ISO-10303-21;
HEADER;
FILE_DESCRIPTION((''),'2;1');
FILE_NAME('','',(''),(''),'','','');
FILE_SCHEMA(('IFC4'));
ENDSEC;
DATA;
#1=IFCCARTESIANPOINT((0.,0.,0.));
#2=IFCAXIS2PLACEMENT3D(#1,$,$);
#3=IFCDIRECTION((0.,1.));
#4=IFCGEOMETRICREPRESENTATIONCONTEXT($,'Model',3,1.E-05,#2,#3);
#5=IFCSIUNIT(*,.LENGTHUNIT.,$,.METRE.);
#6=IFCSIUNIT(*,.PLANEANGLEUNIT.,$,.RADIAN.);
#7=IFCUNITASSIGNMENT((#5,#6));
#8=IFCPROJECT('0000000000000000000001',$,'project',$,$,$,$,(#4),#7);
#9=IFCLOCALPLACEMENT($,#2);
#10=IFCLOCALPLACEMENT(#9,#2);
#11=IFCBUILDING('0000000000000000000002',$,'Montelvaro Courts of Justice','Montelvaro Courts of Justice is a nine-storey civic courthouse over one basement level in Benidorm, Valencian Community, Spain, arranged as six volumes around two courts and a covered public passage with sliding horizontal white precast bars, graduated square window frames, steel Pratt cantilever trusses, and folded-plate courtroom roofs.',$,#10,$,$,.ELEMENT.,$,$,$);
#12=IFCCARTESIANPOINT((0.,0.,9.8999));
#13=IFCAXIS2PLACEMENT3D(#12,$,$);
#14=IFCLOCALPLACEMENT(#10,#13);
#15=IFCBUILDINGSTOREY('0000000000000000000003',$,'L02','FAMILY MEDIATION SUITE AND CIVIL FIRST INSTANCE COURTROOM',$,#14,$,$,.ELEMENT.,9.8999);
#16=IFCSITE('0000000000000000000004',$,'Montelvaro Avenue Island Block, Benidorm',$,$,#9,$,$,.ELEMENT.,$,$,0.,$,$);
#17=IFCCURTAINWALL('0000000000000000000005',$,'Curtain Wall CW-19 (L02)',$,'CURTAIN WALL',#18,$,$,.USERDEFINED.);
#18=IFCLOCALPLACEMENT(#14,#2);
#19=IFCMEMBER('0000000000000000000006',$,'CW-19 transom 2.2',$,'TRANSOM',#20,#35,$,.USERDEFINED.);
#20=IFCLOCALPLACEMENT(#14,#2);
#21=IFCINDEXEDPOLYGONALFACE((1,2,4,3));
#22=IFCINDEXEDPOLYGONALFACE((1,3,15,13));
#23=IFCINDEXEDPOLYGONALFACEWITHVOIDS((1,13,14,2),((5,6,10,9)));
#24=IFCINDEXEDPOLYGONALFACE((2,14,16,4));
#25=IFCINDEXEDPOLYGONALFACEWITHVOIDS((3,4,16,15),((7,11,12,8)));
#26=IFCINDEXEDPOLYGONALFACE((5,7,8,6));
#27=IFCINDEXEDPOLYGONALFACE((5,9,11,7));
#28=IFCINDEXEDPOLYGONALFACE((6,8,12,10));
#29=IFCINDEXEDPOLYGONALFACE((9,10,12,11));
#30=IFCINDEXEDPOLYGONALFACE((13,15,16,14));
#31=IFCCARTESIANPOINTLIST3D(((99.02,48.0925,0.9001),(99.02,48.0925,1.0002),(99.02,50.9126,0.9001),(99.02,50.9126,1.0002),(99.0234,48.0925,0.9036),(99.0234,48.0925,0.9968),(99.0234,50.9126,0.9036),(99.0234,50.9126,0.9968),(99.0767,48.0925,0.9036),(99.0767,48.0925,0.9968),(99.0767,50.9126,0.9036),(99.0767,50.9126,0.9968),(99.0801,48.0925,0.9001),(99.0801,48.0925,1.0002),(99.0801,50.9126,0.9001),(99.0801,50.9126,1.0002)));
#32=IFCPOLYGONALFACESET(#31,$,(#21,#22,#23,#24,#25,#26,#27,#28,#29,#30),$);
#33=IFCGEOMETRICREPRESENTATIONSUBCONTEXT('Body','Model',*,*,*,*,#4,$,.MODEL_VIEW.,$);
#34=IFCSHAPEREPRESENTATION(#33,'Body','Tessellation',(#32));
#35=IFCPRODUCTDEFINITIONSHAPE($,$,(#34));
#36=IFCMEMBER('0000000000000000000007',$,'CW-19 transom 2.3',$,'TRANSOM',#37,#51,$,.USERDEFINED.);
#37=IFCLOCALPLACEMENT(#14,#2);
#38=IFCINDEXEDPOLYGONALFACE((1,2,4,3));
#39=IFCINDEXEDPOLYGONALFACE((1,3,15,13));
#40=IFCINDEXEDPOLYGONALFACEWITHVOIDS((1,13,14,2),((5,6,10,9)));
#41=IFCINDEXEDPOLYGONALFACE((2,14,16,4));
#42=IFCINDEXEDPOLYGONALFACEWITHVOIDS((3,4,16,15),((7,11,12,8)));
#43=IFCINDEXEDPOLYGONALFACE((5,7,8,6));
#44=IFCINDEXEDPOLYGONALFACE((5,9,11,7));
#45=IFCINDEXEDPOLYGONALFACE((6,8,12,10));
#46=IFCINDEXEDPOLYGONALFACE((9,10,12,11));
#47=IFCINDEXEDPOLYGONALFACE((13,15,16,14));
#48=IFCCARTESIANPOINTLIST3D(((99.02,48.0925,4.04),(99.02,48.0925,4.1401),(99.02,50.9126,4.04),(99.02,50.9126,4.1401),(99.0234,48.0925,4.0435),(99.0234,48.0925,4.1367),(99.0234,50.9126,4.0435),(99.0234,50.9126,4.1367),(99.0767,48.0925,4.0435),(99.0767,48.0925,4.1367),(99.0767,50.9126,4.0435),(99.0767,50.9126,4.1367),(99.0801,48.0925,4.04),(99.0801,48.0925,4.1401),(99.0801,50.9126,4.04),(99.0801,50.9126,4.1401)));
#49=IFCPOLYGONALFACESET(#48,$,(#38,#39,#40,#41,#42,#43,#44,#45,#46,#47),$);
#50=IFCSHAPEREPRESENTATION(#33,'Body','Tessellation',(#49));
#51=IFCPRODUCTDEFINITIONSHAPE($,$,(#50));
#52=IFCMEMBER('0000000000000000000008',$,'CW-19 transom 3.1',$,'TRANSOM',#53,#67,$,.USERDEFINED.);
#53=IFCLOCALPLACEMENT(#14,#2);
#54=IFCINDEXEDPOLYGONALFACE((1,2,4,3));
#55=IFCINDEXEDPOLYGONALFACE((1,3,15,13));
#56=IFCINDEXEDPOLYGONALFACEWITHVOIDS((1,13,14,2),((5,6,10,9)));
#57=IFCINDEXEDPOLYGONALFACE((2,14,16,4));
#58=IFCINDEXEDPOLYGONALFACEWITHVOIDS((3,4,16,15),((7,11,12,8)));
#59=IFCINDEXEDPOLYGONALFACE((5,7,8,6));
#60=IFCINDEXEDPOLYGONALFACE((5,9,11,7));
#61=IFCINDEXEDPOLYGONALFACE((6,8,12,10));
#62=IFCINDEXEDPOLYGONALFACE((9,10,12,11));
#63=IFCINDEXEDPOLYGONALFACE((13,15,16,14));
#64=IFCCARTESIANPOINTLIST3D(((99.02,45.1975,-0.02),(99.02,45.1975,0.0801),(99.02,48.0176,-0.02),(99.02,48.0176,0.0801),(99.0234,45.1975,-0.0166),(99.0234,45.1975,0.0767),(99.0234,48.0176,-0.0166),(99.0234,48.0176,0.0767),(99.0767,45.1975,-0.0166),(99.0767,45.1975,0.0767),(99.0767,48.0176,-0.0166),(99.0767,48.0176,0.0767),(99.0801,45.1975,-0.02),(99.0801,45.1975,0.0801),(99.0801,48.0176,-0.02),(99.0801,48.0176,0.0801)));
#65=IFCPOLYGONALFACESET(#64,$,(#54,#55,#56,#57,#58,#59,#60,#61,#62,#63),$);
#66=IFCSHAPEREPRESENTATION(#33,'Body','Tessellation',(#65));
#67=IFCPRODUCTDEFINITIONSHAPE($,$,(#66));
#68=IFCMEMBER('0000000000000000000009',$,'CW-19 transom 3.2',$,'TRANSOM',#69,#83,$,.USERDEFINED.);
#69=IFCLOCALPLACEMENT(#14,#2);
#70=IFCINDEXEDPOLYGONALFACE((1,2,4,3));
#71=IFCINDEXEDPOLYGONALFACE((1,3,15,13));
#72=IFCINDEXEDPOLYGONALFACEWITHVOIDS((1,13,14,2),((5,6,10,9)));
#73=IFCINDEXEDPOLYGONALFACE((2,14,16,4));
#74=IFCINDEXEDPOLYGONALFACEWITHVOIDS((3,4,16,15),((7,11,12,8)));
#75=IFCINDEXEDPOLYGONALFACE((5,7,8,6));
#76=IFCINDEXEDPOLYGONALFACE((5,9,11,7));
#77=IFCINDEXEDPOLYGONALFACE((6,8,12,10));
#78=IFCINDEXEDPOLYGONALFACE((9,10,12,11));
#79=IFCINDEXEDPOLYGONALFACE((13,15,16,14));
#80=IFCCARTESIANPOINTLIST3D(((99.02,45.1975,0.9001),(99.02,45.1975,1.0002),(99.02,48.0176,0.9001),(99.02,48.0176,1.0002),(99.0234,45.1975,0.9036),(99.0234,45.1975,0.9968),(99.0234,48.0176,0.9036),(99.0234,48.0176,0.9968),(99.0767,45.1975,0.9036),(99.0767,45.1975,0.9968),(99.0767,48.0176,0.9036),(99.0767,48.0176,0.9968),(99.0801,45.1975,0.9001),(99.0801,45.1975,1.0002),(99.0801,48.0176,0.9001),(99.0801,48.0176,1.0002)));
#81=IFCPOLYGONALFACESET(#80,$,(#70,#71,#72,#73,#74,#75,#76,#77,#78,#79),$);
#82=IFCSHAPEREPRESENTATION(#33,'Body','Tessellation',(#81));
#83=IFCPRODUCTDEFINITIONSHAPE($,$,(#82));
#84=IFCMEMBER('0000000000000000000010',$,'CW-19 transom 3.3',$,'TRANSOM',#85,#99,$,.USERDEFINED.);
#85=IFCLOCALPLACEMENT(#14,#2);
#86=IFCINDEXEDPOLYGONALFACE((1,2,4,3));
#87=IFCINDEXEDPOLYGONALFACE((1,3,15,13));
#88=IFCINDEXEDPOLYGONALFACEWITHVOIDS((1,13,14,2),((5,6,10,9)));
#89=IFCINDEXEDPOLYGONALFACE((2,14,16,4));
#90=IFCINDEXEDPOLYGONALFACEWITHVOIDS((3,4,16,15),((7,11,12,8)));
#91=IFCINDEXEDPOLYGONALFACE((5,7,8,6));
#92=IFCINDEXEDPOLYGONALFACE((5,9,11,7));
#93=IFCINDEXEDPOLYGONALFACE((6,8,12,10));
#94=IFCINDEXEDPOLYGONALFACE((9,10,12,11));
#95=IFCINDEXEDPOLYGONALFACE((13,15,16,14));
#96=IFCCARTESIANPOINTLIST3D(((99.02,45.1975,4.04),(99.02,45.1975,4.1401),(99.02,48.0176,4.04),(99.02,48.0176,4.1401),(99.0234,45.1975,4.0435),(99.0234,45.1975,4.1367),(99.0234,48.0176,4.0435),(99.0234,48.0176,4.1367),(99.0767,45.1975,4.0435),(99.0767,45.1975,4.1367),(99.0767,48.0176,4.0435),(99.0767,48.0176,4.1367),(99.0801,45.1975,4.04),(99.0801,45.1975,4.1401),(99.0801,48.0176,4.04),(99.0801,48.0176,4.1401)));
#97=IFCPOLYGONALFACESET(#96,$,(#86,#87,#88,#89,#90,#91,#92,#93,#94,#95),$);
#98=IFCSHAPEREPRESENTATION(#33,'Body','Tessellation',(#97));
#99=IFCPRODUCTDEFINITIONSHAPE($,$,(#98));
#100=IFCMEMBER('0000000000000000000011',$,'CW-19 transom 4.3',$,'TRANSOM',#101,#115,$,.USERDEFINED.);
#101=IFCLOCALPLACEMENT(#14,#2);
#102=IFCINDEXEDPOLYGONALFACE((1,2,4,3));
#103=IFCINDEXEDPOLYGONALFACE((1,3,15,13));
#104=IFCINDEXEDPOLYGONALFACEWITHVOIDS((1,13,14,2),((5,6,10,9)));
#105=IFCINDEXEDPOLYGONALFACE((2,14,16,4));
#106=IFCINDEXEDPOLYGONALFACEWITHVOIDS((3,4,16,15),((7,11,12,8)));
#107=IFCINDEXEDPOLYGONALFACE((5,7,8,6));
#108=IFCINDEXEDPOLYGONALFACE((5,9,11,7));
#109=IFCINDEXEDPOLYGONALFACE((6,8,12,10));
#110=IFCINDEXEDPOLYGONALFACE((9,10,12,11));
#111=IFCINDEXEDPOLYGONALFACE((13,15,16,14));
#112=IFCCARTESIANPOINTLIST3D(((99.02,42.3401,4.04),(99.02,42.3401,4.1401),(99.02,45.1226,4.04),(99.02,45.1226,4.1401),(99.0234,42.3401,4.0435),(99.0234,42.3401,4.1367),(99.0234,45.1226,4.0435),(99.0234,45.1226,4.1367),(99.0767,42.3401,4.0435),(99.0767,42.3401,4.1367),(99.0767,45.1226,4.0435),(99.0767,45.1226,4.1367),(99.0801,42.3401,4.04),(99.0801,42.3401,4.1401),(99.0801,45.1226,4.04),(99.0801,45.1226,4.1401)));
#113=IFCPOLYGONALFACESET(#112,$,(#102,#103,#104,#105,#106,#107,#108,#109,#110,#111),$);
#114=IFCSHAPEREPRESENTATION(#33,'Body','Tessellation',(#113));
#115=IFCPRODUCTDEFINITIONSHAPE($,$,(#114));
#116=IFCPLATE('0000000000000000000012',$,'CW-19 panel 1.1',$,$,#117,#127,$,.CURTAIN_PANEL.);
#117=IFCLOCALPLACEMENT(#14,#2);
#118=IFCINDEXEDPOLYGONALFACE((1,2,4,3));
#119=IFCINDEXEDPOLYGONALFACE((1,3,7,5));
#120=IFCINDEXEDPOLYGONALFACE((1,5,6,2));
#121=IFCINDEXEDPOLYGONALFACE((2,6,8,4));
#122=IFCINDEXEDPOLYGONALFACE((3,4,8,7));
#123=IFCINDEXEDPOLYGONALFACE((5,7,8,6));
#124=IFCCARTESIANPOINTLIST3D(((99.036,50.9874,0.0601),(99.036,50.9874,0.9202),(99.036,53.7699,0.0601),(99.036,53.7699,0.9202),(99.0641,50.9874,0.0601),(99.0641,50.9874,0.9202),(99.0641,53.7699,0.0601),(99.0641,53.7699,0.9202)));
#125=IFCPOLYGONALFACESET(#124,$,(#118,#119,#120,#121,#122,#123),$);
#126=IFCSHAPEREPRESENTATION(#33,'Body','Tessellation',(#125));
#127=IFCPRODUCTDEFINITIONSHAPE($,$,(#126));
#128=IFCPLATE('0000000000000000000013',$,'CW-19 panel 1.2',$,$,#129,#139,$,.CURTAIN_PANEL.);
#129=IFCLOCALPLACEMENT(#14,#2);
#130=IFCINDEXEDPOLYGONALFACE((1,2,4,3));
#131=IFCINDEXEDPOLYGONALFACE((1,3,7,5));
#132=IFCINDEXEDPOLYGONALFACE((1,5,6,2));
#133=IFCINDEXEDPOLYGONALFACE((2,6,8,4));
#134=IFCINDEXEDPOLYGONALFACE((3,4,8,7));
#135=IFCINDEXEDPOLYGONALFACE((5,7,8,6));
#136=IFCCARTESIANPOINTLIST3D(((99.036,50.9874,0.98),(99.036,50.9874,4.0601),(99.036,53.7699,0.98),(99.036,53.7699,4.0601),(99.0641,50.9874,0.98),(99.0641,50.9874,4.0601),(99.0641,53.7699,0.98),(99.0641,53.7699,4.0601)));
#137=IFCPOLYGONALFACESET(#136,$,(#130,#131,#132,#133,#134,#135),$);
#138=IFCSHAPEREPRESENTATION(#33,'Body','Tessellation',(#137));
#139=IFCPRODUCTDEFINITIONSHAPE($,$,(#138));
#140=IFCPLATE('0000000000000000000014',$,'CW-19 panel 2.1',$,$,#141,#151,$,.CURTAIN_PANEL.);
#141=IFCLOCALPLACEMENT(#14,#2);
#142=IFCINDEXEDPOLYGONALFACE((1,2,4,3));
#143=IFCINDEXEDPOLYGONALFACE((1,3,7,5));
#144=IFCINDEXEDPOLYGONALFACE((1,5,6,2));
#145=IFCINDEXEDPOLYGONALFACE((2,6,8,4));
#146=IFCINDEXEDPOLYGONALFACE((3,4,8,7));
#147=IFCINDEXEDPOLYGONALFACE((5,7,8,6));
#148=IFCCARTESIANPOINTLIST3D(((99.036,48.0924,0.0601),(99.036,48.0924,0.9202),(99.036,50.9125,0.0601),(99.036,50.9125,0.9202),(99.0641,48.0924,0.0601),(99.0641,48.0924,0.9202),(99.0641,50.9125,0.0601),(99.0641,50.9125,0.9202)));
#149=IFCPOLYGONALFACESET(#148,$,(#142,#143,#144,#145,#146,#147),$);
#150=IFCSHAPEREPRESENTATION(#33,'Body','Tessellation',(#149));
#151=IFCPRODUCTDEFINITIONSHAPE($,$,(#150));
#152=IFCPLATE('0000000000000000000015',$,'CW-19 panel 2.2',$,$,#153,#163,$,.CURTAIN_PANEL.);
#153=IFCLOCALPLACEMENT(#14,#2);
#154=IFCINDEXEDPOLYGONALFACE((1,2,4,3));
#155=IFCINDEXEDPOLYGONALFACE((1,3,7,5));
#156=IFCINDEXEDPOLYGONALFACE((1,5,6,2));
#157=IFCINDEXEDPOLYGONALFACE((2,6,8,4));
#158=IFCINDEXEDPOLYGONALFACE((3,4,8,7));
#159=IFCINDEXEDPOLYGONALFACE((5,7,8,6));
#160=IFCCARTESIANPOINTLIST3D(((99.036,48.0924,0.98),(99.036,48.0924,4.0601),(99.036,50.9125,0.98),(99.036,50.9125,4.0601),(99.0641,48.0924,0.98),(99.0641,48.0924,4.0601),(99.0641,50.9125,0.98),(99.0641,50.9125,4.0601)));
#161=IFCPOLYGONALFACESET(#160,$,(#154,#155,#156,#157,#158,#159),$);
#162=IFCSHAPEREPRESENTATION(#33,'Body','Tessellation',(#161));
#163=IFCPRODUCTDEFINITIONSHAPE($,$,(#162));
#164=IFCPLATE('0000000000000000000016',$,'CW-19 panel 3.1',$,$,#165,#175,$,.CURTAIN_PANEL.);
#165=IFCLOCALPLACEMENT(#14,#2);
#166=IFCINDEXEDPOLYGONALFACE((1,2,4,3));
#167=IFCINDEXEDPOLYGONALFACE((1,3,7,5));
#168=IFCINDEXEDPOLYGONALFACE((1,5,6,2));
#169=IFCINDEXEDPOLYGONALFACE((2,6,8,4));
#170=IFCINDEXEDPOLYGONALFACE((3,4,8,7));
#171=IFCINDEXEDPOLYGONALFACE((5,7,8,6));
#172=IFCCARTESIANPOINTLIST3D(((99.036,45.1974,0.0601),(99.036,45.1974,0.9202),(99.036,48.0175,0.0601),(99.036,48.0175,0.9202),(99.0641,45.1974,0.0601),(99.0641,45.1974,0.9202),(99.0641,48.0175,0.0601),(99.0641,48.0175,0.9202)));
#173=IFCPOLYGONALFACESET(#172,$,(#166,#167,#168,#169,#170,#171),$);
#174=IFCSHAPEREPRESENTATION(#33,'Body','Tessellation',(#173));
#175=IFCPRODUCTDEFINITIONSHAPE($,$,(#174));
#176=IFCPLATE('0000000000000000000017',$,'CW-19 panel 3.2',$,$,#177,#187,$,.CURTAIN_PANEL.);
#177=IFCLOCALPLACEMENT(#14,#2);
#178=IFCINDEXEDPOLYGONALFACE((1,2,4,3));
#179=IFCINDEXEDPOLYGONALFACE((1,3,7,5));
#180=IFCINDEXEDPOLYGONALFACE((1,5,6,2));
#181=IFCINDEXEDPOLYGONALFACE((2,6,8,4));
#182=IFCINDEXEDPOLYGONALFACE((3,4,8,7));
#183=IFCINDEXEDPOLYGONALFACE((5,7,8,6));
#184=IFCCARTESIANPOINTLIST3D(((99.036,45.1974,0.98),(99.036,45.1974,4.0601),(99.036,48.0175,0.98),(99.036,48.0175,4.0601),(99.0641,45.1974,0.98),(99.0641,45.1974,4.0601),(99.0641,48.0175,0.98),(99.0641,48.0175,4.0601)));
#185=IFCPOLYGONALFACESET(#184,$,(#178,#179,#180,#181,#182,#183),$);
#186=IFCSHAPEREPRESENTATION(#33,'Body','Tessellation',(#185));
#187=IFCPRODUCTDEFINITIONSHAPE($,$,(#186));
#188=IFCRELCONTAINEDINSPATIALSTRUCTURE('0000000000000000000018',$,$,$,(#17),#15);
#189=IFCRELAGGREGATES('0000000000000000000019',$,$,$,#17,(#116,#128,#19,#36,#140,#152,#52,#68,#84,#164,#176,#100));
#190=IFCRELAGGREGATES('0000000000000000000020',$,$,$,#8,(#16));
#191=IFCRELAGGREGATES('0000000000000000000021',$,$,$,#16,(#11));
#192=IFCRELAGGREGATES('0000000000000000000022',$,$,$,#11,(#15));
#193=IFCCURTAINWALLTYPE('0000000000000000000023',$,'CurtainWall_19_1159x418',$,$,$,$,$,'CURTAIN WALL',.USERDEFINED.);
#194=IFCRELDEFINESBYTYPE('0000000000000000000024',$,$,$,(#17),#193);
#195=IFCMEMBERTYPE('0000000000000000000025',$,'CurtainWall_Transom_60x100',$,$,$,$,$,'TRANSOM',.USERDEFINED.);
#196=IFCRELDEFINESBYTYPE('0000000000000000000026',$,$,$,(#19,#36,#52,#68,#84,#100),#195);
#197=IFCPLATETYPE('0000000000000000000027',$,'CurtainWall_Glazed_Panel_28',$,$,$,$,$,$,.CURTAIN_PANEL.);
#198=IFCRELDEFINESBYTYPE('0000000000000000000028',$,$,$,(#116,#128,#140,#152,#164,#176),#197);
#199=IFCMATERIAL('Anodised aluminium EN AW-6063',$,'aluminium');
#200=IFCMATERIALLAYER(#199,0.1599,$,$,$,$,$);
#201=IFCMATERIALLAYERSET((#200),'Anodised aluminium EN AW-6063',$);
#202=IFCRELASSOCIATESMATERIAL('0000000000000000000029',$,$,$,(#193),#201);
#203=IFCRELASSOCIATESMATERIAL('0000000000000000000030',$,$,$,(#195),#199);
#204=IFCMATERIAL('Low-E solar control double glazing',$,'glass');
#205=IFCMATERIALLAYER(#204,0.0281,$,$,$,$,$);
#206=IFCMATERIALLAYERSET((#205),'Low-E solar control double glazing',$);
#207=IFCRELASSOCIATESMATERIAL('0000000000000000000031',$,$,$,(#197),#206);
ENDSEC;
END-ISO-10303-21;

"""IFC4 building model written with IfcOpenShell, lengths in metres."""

from ifc_helpers import new_model, si_unit, direction, frame, origin, origin_2d, place, context, subcontext, project, spatial, rectangle, hollow_rectangle, extrude, material, layer, layer_set, material_profile, profile_set, type_object, element, aggregate, save


model = new_model("IFC4")

# Units and contexts
model_context = context("Model", 3, precision=1e-05, world=origin(), true_north=direction((0.0, 1.0)))
body_context = subcontext(model_context, "Body", "Model", "MODEL_VIEW")
ifc_project = project(units=[si_unit("LENGTHUNIT", "METRE"), si_unit("PLANEANGLEUNIT", "RADIAN")], contexts=[model_context])

# Site, building, storey
site_placement = place(None, origin())
site = spatial("IfcSite", under=ifc_project, at=site_placement, Name="Montelvaro Avenue Island Block, Benidorm", CompositionType="ELEMENT", RefElevation=0.0)
building_placement = place(site_placement, origin())
building = spatial("IfcBuilding", under=site, at=building_placement, Name="Montelvaro Courts of Justice", Description="Montelvaro Courts of Justice is a nine-storey civic courthouse over one basement level in Benidorm, Valencian Community, Spain, arranged as six volumes around two courts and a covered public passage with sliding horizontal white precast bars, graduated square window frames, steel Pratt cantilever trusses, and folded-plate courtroom roofs.", CompositionType="ELEMENT")
storey_placement = place(building_placement, frame((0.0, 0.0, 9.8999)))
storey = spatial("IfcBuildingStorey", under=building, at=storey_placement, Name="L02", Description="FAMILY MEDIATION SUITE AND CIVIL FIRST INSTANCE COURTROOM", CompositionType="ELEMENT", Elevation=9.8999)

# Shared definitions
ifc_material_1 = material(Name="Anodised aluminium EN AW-6063", Category="aluminium")

# Curtain wall, members, plates
ifc_layer_1 = layer(ifc_material_1, 0.1599)
ifc_layer_set_1 = layer_set([ifc_layer_1], Name="Anodised aluminium EN AW-6063")
curtain_wall_type_1 = type_object("IfcCurtainWallType", Name="CurtainWall_19_1159x418", ElementType="CURTAIN WALL", PredefinedType="USERDEFINED", material=ifc_layer_set_1)
curtain_wall_1_placement = place(storey_placement, origin())
curtain_wall_1 = element("IfcCurtainWall", 1, at=curtain_wall_1_placement, inside=storey, type_object=curtain_wall_type_1, Name="Curtain Wall CW-19 (L02)", ObjectType="CURTAIN WALL", PredefinedType="USERDEFINED")
ifc_material_profile_1 = material_profile(ifc_material_1, hollow_rectangle(XDim=0.0601, YDim=0.1001, WallThickness=0.0034, at=origin_2d()), Name="ALU-T 60x100")
ifc_profile_set_1 = profile_set([ifc_material_profile_1], Name="Anodised aluminium EN AW-6063")
member_type_1 = type_object("IfcMemberType", Name="CurtainWall_Transom_60x100", ElementType="TRANSOM", PredefinedType="USERDEFINED", material=ifc_profile_set_1)
member_1_placement = place(storey_placement, frame((99.05, 50.9126, 0.9502), z_axis=(0.0, -1.0, 0.0), x_axis=(1.0, 0.0, 0.0)))
member_1 = element("IfcMember", 2, at=member_1_placement, type_object=member_type_1, Name="CW-19 transom 2.2", ObjectType="TRANSOM", PredefinedType="USERDEFINED", context=body_context, shape_type="SweptSolid", body=[
    extrude(hollow_rectangle(XDim=0.0601, YDim=0.1001, WallThickness=0.0034, at=origin_2d()), origin(), (0.0, 0.0, 1.0), 2.8201),
])
member_2_placement = place(storey_placement, frame((99.05, 50.9126, 4.0901), z_axis=(0.0, -1.0, 0.0), x_axis=(1.0, 0.0, 0.0)))
member_2 = element("IfcMember", 3, at=member_2_placement, type_object=member_type_1, Name="CW-19 transom 2.3", ObjectType="TRANSOM", PredefinedType="USERDEFINED", context=body_context, shape_type="SweptSolid", body=[
    extrude(hollow_rectangle(XDim=0.0601, YDim=0.1001, WallThickness=0.0034, at=origin_2d()), origin(), (0.0, 0.0, 1.0), 2.8201),
])
member_3_placement = place(storey_placement, frame((99.05, 48.0176, 0.03), z_axis=(0.0, -1.0, 0.0), x_axis=(1.0, 0.0, 0.0)))
member_3 = element("IfcMember", 4, at=member_3_placement, type_object=member_type_1, Name="CW-19 transom 3.1", ObjectType="TRANSOM", PredefinedType="USERDEFINED", context=body_context, shape_type="SweptSolid", body=[
    extrude(hollow_rectangle(XDim=0.0601, YDim=0.1001, WallThickness=0.0034, at=origin_2d()), origin(), (0.0, 0.0, 1.0), 2.8201),
])
member_4_placement = place(storey_placement, frame((99.05, 48.0176, 0.9502), z_axis=(0.0, -1.0, 0.0), x_axis=(1.0, 0.0, 0.0)))
member_4 = element("IfcMember", 5, at=member_4_placement, type_object=member_type_1, Name="CW-19 transom 3.2", ObjectType="TRANSOM", PredefinedType="USERDEFINED", context=body_context, shape_type="SweptSolid", body=[
    extrude(hollow_rectangle(XDim=0.0601, YDim=0.1001, WallThickness=0.0034, at=origin_2d()), origin(), (0.0, 0.0, 1.0), 2.8201),
])
member_5_placement = place(storey_placement, frame((99.05, 48.0176, 4.0901), z_axis=(0.0, -1.0, 0.0), x_axis=(1.0, 0.0, 0.0)))
member_5 = element("IfcMember", 6, at=member_5_placement, type_object=member_type_1, Name="CW-19 transom 3.3", ObjectType="TRANSOM", PredefinedType="USERDEFINED", context=body_context, shape_type="SweptSolid", body=[
    extrude(hollow_rectangle(XDim=0.0601, YDim=0.1001, WallThickness=0.0034, at=origin_2d()), origin(), (0.0, 0.0, 1.0), 2.8201),
])
member_6_placement = place(storey_placement, frame((99.05, 45.1226, 4.0901), z_axis=(0.0, -1.0, 0.0), x_axis=(1.0, 0.0, 0.0)))
member_6 = element("IfcMember", 7, at=member_6_placement, type_object=member_type_1, Name="CW-19 transom 4.3", ObjectType="TRANSOM", PredefinedType="USERDEFINED", context=body_context, shape_type="SweptSolid", body=[
    extrude(hollow_rectangle(XDim=0.0601, YDim=0.1001, WallThickness=0.0034, at=origin_2d()), origin(), (0.0, 0.0, 1.0), 2.7825),
])
ifc_material_2 = material(Name="Low-E solar control double glazing", Category="glass")
ifc_layer_2 = layer(ifc_material_2, 0.0281)
ifc_layer_set_2 = layer_set([ifc_layer_2], Name="Low-E solar control double glazing")
plate_type = type_object("IfcPlateType", Name="CurtainWall_Glazed_Panel_28", PredefinedType="CURTAIN_PANEL", material=ifc_layer_set_2)
plate_1_placement = place(storey_placement, frame((99.05, 52.3787, 0.0601), z_axis=(0.0, 0.0, 1.0), x_axis=(0.0, -1.0, 0.0)))
plate_1 = element("IfcPlate", 8, at=plate_1_placement, type_object=plate_type, Name="CW-19 panel 1.1", PredefinedType="CURTAIN_PANEL", context=body_context, shape_type="SweptSolid", body=[
    extrude(rectangle(XDim=2.7825, YDim=0.0281, at=origin_2d()), origin(), (0.0, 0.0, 1.0), 0.8601),
])
plate_2_placement = place(storey_placement, frame((99.05, 52.3787, 0.98), z_axis=(0.0, 0.0, 1.0), x_axis=(0.0, -1.0, 0.0)))
plate_2 = element("IfcPlate", 9, at=plate_2_placement, type_object=plate_type, Name="CW-19 panel 1.2", PredefinedType="CURTAIN_PANEL", context=body_context, shape_type="SweptSolid", body=[
    extrude(rectangle(XDim=2.7825, YDim=0.0281, at=origin_2d()), origin(), (0.0, 0.0, 1.0), 3.0801),
])
plate_3_placement = place(storey_placement, frame((99.05, 49.5024, 0.0601), z_axis=(0.0, 0.0, 1.0), x_axis=(0.0, -1.0, 0.0)))
plate_3 = element("IfcPlate", 10, at=plate_3_placement, type_object=plate_type, Name="CW-19 panel 2.1", PredefinedType="CURTAIN_PANEL", context=body_context, shape_type="SweptSolid", body=[
    extrude(rectangle(XDim=2.8201, YDim=0.0281, at=origin_2d()), origin(), (0.0, 0.0, 1.0), 0.8601),
])
plate_4_placement = place(storey_placement, frame((99.05, 49.5024, 0.98), z_axis=(0.0, 0.0, 1.0), x_axis=(0.0, -1.0, 0.0)))
plate_4 = element("IfcPlate", 11, at=plate_4_placement, type_object=plate_type, Name="CW-19 panel 2.2", PredefinedType="CURTAIN_PANEL", context=body_context, shape_type="SweptSolid", body=[
    extrude(rectangle(XDim=2.8201, YDim=0.0281, at=origin_2d()), origin(), (0.0, 0.0, 1.0), 3.0801),
])
plate_5_placement = place(storey_placement, frame((99.05, 46.6074, 0.0601), z_axis=(0.0, 0.0, 1.0), x_axis=(0.0, -1.0, 0.0)))
plate_5 = element("IfcPlate", 12, at=plate_5_placement, type_object=plate_type, Name="CW-19 panel 3.1", PredefinedType="CURTAIN_PANEL", context=body_context, shape_type="SweptSolid", body=[
    extrude(rectangle(XDim=2.8201, YDim=0.0281, at=origin_2d()), origin(), (0.0, 0.0, 1.0), 0.8601),
])
plate_6_placement = place(storey_placement, frame((99.05, 46.6074, 0.98), z_axis=(0.0, 0.0, 1.0), x_axis=(0.0, -1.0, 0.0)))
plate_6 = element("IfcPlate", 13, at=plate_6_placement, type_object=plate_type, Name="CW-19 panel 3.2", PredefinedType="CURTAIN_PANEL", context=body_context, shape_type="SweptSolid", body=[
    extrude(rectangle(XDim=2.8201, YDim=0.0281, at=origin_2d()), origin(), (0.0, 0.0, 1.0), 3.0801),
])
aggregate(curtain_wall_1, [plate_1, plate_2, member_1, member_2, plate_3, plate_4, member_3, member_4, member_5, plate_5, plate_6, member_6])

save(model, "model.ifc")
